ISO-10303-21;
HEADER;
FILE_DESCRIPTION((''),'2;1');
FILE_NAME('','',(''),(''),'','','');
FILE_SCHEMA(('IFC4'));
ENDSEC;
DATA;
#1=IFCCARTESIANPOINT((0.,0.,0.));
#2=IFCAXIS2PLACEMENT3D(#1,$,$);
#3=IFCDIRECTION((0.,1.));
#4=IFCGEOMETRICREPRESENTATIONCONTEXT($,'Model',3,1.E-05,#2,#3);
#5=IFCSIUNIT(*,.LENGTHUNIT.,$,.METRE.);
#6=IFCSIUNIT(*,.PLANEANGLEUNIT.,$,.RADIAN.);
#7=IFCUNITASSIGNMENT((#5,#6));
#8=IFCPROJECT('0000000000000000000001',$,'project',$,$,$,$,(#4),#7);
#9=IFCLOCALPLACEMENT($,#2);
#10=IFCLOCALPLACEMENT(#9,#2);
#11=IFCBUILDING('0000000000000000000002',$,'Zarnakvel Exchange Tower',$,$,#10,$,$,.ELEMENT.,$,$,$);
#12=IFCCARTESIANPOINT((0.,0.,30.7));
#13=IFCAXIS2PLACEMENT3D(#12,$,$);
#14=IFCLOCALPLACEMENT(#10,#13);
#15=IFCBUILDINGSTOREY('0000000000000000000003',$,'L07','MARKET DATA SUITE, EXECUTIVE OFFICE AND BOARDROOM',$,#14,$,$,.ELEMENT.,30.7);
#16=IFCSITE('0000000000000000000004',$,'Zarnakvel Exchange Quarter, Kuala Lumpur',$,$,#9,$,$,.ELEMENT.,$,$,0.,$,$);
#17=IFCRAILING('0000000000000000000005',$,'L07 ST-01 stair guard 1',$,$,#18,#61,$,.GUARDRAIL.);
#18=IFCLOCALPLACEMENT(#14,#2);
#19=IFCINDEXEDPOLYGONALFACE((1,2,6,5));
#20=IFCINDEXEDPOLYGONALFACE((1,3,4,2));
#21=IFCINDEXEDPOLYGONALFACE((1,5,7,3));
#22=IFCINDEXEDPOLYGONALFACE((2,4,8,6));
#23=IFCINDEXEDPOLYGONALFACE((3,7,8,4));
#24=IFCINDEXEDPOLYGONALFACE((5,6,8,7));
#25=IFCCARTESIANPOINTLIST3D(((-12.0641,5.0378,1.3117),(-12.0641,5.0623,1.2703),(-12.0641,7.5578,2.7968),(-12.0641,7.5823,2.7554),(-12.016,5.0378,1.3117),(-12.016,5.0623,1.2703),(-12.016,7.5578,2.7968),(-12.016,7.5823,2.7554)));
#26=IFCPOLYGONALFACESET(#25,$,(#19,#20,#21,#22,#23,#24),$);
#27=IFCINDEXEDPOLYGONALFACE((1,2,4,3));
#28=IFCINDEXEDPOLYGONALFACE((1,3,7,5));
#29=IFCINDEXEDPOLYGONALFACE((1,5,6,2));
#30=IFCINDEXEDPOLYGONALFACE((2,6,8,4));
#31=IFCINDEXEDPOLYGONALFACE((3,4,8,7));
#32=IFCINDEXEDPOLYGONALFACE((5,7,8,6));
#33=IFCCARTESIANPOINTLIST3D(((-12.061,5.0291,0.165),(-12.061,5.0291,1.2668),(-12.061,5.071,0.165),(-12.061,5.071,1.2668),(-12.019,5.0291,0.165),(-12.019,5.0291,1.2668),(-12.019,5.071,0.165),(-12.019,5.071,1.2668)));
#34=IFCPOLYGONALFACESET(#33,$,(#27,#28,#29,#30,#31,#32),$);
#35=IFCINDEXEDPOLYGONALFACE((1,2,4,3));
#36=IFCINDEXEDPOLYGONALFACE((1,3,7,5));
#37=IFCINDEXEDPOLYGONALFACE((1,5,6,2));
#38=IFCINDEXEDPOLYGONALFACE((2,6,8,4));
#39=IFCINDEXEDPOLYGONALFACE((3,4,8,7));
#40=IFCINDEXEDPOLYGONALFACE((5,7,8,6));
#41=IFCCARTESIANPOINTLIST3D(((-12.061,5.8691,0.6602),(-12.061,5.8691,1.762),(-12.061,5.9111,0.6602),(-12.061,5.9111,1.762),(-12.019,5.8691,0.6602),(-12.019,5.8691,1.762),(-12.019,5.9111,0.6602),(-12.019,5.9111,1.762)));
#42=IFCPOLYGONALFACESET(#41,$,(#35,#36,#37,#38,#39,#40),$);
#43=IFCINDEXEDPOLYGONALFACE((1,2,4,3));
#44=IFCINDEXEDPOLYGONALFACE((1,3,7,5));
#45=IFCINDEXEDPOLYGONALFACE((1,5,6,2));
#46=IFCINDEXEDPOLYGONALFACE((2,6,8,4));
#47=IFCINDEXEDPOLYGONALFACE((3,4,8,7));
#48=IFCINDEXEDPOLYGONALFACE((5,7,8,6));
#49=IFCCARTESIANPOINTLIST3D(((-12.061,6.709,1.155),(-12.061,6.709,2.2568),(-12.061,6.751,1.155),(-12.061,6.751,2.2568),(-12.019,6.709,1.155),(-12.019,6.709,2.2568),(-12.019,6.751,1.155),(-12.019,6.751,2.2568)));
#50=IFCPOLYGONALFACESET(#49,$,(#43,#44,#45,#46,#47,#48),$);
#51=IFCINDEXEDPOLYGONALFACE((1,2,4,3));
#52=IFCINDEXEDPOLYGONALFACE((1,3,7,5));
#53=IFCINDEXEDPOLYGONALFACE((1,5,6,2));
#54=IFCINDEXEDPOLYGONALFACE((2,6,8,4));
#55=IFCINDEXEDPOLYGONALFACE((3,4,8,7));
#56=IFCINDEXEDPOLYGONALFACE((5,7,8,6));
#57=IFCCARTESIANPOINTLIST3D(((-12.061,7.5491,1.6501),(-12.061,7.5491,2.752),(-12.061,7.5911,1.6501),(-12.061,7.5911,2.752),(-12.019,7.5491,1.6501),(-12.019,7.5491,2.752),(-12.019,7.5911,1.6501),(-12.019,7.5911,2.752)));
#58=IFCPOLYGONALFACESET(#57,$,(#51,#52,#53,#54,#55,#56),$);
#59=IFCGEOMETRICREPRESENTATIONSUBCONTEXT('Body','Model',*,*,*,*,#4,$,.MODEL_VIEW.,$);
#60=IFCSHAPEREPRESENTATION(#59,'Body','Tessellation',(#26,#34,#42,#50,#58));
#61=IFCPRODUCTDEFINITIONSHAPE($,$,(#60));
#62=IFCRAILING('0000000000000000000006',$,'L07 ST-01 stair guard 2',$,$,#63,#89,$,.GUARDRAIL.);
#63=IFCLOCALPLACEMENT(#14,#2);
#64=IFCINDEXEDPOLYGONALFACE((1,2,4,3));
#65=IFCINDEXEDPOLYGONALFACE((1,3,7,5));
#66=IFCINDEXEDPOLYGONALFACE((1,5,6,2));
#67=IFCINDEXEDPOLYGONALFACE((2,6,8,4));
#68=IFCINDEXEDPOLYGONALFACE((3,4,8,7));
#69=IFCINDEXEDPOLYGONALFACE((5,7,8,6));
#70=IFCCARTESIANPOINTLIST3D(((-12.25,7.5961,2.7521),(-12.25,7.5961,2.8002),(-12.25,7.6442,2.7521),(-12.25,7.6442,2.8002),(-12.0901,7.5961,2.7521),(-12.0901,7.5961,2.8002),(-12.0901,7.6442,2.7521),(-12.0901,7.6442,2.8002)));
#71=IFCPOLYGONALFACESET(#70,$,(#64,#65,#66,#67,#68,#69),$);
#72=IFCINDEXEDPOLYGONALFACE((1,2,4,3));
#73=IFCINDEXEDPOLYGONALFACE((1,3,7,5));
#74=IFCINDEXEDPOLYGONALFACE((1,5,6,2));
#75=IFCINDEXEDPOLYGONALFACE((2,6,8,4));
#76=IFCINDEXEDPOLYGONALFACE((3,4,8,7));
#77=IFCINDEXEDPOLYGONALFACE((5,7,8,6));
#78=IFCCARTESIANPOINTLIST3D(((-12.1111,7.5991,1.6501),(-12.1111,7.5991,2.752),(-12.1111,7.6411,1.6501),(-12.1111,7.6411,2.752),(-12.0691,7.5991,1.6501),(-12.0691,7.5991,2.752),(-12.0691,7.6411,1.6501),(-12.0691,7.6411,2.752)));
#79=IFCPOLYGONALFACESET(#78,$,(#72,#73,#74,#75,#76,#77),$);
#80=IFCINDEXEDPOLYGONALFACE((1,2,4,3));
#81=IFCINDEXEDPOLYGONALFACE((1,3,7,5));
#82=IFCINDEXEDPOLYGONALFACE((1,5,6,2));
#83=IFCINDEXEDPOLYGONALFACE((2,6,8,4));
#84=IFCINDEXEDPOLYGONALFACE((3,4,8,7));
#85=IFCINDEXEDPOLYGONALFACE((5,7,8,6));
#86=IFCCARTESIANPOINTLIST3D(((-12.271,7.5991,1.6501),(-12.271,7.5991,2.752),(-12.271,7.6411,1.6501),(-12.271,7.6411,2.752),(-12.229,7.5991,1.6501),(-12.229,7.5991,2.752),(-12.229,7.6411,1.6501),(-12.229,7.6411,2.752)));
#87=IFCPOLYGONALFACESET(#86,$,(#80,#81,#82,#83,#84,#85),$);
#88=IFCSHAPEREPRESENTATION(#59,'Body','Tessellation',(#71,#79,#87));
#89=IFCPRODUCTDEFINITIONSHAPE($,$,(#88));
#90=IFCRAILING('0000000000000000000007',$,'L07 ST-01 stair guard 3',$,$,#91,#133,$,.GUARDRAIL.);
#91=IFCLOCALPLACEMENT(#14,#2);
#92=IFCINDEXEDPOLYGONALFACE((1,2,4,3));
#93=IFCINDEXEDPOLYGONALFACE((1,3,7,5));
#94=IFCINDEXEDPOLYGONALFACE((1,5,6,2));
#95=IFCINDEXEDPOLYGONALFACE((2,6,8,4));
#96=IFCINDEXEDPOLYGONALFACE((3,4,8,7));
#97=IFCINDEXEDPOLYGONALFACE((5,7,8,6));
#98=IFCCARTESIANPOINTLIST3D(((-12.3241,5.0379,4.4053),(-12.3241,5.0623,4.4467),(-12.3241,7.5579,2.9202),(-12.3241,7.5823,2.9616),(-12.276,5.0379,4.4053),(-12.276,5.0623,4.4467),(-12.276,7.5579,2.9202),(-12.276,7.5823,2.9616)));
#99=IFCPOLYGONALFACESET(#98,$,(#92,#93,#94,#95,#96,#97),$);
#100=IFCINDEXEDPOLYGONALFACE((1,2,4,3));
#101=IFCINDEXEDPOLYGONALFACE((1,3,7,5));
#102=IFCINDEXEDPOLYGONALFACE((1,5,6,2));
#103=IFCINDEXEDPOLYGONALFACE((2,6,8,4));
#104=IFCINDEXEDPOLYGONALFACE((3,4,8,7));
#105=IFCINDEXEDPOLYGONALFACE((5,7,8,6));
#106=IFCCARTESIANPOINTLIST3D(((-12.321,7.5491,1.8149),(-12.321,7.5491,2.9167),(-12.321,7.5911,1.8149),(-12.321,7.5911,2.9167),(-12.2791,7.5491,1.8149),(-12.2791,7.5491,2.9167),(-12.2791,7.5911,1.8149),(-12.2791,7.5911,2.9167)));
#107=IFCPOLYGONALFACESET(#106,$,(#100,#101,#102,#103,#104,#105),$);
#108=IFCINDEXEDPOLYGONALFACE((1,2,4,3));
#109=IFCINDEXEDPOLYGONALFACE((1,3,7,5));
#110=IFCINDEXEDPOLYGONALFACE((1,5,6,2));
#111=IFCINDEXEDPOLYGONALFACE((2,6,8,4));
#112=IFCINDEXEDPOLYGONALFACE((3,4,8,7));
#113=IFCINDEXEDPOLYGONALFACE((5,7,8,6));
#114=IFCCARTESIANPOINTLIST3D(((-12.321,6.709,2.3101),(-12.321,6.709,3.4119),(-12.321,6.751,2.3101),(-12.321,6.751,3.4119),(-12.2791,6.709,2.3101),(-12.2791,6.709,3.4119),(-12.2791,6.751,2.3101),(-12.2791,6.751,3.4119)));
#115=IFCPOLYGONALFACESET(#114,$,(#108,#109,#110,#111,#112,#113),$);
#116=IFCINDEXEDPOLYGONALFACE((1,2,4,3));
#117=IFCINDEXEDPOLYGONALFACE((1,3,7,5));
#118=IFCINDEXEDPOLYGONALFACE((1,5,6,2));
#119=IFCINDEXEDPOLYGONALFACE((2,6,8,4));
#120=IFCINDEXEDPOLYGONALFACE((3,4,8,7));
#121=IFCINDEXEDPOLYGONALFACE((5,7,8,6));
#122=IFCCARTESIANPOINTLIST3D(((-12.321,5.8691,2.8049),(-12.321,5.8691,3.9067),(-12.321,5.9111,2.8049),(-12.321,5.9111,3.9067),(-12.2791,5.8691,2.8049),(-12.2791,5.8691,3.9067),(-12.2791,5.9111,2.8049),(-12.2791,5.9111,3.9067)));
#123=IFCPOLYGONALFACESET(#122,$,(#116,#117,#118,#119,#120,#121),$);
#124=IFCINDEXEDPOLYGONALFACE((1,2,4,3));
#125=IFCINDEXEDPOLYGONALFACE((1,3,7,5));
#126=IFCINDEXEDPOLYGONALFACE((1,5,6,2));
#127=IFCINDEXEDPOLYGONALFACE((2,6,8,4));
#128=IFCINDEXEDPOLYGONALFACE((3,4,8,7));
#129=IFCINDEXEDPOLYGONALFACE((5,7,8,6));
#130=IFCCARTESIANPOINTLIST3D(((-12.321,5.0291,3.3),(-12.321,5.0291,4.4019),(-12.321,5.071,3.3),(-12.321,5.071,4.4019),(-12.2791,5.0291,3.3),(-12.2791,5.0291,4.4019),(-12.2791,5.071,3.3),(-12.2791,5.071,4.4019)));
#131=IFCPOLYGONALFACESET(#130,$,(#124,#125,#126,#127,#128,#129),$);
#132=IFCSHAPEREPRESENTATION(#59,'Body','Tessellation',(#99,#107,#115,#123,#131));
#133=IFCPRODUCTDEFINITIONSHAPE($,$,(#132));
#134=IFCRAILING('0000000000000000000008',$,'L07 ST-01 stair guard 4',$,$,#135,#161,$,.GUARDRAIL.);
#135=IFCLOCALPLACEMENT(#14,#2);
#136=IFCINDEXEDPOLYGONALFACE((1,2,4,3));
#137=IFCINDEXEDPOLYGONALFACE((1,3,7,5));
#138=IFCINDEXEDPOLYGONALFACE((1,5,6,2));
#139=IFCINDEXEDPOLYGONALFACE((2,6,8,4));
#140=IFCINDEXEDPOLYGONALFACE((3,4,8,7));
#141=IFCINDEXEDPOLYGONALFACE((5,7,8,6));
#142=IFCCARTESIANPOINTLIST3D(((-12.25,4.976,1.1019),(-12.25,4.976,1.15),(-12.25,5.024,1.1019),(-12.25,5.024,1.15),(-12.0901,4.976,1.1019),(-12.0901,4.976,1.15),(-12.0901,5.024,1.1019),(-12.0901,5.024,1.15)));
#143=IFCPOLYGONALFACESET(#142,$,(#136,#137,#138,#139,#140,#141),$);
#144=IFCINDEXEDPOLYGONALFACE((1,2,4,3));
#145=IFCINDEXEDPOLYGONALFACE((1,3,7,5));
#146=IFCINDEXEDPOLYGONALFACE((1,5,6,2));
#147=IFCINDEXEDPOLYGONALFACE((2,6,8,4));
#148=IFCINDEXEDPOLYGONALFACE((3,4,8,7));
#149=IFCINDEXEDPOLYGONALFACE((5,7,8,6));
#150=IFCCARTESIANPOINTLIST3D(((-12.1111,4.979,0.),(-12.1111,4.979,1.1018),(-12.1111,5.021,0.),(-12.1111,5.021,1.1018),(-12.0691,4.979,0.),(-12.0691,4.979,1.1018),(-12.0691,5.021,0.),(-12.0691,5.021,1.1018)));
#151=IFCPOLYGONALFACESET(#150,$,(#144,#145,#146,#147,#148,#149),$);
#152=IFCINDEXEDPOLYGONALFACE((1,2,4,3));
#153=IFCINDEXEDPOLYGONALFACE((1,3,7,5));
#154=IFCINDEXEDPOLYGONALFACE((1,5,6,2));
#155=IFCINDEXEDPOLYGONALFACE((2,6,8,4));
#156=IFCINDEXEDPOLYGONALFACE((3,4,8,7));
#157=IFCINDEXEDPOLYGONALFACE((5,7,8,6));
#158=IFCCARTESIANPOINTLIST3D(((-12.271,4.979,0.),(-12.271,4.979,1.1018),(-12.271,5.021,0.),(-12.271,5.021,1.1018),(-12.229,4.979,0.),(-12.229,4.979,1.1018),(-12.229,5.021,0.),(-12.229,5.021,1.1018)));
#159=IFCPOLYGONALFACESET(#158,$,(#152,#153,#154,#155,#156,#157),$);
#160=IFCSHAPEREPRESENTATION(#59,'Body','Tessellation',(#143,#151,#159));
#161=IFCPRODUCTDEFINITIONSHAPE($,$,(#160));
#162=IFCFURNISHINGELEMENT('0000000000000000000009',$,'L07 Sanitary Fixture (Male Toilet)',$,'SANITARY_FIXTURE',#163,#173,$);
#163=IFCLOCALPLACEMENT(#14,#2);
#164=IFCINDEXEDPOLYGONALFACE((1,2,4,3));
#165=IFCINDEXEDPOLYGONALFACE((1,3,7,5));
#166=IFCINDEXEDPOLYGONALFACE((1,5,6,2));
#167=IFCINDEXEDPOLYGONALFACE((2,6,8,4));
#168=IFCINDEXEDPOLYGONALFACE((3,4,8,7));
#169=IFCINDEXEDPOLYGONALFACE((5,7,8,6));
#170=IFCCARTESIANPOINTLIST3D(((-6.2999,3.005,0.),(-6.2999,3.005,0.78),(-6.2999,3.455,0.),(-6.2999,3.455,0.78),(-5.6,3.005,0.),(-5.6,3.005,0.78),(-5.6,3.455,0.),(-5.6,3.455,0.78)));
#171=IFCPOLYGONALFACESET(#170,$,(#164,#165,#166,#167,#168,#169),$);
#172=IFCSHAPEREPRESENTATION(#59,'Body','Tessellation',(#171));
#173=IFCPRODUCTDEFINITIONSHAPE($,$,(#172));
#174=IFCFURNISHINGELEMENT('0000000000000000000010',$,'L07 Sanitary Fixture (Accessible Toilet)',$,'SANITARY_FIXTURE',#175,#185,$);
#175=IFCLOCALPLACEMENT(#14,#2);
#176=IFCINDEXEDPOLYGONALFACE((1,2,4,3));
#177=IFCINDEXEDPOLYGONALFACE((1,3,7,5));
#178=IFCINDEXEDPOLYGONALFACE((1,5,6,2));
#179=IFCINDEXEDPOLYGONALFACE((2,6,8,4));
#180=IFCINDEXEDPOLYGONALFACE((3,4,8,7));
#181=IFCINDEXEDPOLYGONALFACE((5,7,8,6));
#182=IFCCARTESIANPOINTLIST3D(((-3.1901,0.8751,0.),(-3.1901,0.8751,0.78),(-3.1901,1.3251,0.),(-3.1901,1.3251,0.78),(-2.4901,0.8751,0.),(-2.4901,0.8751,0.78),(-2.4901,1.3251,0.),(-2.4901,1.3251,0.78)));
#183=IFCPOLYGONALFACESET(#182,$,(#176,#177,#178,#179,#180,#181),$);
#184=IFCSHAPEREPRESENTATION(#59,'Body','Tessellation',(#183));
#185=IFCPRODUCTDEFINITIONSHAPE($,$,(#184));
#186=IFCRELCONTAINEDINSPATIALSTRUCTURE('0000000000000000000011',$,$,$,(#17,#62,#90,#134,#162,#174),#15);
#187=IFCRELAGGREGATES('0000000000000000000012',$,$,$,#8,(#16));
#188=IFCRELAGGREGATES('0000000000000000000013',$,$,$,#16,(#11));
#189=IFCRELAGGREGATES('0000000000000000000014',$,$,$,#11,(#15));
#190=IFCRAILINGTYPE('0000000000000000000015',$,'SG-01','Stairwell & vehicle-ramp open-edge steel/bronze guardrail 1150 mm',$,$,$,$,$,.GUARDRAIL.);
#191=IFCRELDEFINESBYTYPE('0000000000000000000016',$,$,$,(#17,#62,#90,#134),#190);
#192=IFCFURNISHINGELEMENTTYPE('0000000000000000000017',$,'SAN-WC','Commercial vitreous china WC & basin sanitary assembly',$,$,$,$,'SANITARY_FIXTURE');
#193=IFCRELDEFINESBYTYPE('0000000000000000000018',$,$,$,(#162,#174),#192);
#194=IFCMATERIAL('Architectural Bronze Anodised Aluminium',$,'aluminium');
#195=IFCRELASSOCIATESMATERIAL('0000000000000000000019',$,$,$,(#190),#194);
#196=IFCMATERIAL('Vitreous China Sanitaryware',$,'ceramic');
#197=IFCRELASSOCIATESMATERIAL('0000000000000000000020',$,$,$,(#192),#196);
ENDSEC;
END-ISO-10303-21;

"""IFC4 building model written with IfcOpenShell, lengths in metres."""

from ifc_helpers import new_model, si_unit, direction, frame, origin, origin_2d, place, context, subcontext, project, spatial, rectangle, extrude, source, transform, mapped, material, type_object, element, save


model = new_model("IFC4")

# Units and contexts
model_context = context("Model", 3, precision=1e-05, world=origin(), true_north=direction((0.0, 1.0)))
body_context = subcontext(model_context, "Body", "Model", "MODEL_VIEW")
ifc_project = project(units=[si_unit("LENGTHUNIT", "METRE"), si_unit("PLANEANGLEUNIT", "RADIAN")], contexts=[model_context])

# Site, building, storey
site_placement = place(None, origin())
site = spatial("IfcSite", under=ifc_project, at=site_placement, Name="Zarnakvel Exchange Quarter, Kuala Lumpur", CompositionType="ELEMENT", RefElevation=0.0)
building_placement = place(site_placement, origin())
building = spatial("IfcBuilding", under=site, at=building_placement, Name="Zarnakvel Exchange Tower", CompositionType="ELEMENT")
storey_placement = place(building_placement, frame((0.0, 0.0, 30.7)))
storey = spatial("IfcBuildingStorey", under=building, at=storey_placement, Name="L07", Description="MARKET DATA SUITE, EXECUTIVE OFFICE AND BOARDROOM", CompositionType="ELEMENT", Elevation=30.7)

# Railings
ifc_material_1 = material(Name="Architectural Bronze Anodised Aluminium", Category="aluminium")
railing_type_1 = type_object("IfcRailingType", Name="SG-01", Description="Stairwell & vehicle-ramp open-edge steel/bronze guardrail 1150 mm", PredefinedType="GUARDRAIL", material=ifc_material_1)
railing_1_placement = place(storey_placement, frame((-12.04, 5.05, 0.165)))
element("IfcRailing", 1, at=railing_1_placement, inside=storey, type_object=railing_type_1, Name="L07 ST-01 stair guard 1", PredefinedType="GUARDRAIL", context=body_context, shape_type="SweptSolid", body=[
    extrude(rectangle(XDim=0.0481, YDim=0.0481, at=origin_2d()), frame((0.0, 0.0, 1.126), z_axis=(0.0, 0.861524, 0.507717), x_axis=(-1.0, 0.0, 0.0)), (0.0, 0.0, 1.0), 2.925),
    extrude(rectangle(XDim=0.042, YDim=0.042, at=origin_2d()), origin(), (0.0, 0.0, 1.0), 1.1018),
    extrude(rectangle(XDim=0.042, YDim=0.042, at=origin_2d()), frame((0.0, 0.8401, 0.4951)), (0.0, 0.0, 1.0), 1.1018),
    extrude(rectangle(XDim=0.042, YDim=0.042, at=origin_2d()), frame((0.0, 1.6799, 0.99)), (0.0, 0.0, 1.0), 1.1018),
    extrude(rectangle(XDim=0.042, YDim=0.042, at=origin_2d()), frame((0.0, 2.52, 1.4851)), (0.0, 0.0, 1.0), 1.1018),
])
railing_2_placement = place(storey_placement, frame((-12.0901, 7.6201, 1.6501)))
element("IfcRailing", 2, at=railing_2_placement, inside=storey, type_object=railing_type_1, Name="L07 ST-01 stair guard 2", PredefinedType="GUARDRAIL", context=body_context, shape_type="SweptSolid", body=[
    extrude(rectangle(XDim=0.0481, YDim=0.0481, at=origin_2d()), frame((0.0, 0.0, 1.126), z_axis=(-1.0, 0.0, 0.0), x_axis=(0.0, -1.0, 0.0)), (0.0, 0.0, 1.0), 0.1599),
    extrude(rectangle(XDim=0.042, YDim=0.042, at=origin_2d()), origin(), (0.0, 0.0, 1.0), 1.1018),
    extrude(rectangle(XDim=0.042, YDim=0.042, at=origin_2d()), frame((-0.1599, 0.0, 0.0)), (0.0, 0.0, 1.0), 1.1018),
])
railing_3_placement = place(storey_placement, frame((-12.3, 7.5701, 1.8149)))
element("IfcRailing", 3, at=railing_3_placement, inside=storey, type_object=railing_type_1, Name="L07 ST-01 stair guard 3", PredefinedType="GUARDRAIL", context=body_context, shape_type="SweptSolid", body=[
    extrude(rectangle(XDim=0.0481, YDim=0.0481, at=origin_2d()), frame((0.0, 0.0, 1.126), z_axis=(0.0, -0.861524, 0.507717), x_axis=(1.0, 0.0, 0.0)), (0.0, 0.0, 1.0), 2.925),
    extrude(rectangle(XDim=0.042, YDim=0.042, at=origin_2d()), origin(), (0.0, 0.0, 1.0), 1.1018),
    extrude(rectangle(XDim=0.042, YDim=0.042, at=origin_2d()), frame((0.0, -0.8401, 0.4951)), (0.0, 0.0, 1.0), 1.1018),
    extrude(rectangle(XDim=0.042, YDim=0.042, at=origin_2d()), frame((0.0, -1.6799, 0.99)), (0.0, 0.0, 1.0), 1.1018),
    extrude(rectangle(XDim=0.042, YDim=0.042, at=origin_2d()), frame((0.0, -2.52, 1.4851)), (0.0, 0.0, 1.0), 1.1018),
])
railing_4_placement = place(storey_placement, frame((-12.0901, 5.0, 0.0)))
element("IfcRailing", 4, at=railing_4_placement, inside=storey, type_object=railing_type_1, Name="L07 ST-01 stair guard 4", PredefinedType="GUARDRAIL", context=body_context, shape_type="SweptSolid", body=[
    extrude(rectangle(XDim=0.0481, YDim=0.0481, at=origin_2d()), frame((0.0, 0.0, 1.126), z_axis=(-1.0, 0.0, 0.0), x_axis=(0.0, -1.0, 0.0)), (0.0, 0.0, 1.0), 0.1599),
    extrude(rectangle(XDim=0.042, YDim=0.042, at=origin_2d()), origin(), (0.0, 0.0, 1.0), 1.1018),
    extrude(rectangle(XDim=0.042, YDim=0.042, at=origin_2d()), frame((-0.1599, 0.0, 0.0)), (0.0, 0.0, 1.0), 1.1018),
])

# Furnishing elements
ifc_material_2 = material(Name="Vitreous China Sanitaryware", Category="ceramic")
furnishing_element_type = type_object("IfcFurnishingElementType", Name="SAN-WC", Description="Commercial vitreous china WC & basin sanitary assembly", ElementType="SANITARY_FIXTURE", material=ifc_material_2)
shared_shape_1 = source(origin(), body_context, "Body", "SweptSolid", [
    extrude(rectangle(XDim=0.7, YDim=0.45, at=origin_2d()), origin(), (0.0, 0.0, 1.0), 0.78),
])
for number, where, z_axis, x_axis, name in (
    (5, (-5.95, 3.23, 0.0), (0.0, 0.0, 1.0), (1.0, 0.0, 0.0), "L07 Sanitary Fixture (Male Toilet)"),
    (6, (-2.8401, 1.1001, 0.0), (0.0, 0.0, 1.0), (1.0, 0.0, 0.0), "L07 Sanitary Fixture (Accessible Toilet)"),
):
    element("IfcFurnishingElement", number, at=place(storey_placement, frame(where, z_axis=z_axis, x_axis=x_axis)), inside=storey, type_object=furnishing_element_type, Name=name, ObjectType="SANITARY_FIXTURE", context=body_context, shape_type="MappedRepresentation", body=[
        mapped(shared_shape_1, transform((0.0, 0.0, 0.0), x_axis=(1.0, 0.0, 0.0), y_axis=(0.0, 1.0, 0.0), z_axis=(0.0, 0.0, 1.0), scale=1.0)),
    ])

save(model, "model.ifc")
